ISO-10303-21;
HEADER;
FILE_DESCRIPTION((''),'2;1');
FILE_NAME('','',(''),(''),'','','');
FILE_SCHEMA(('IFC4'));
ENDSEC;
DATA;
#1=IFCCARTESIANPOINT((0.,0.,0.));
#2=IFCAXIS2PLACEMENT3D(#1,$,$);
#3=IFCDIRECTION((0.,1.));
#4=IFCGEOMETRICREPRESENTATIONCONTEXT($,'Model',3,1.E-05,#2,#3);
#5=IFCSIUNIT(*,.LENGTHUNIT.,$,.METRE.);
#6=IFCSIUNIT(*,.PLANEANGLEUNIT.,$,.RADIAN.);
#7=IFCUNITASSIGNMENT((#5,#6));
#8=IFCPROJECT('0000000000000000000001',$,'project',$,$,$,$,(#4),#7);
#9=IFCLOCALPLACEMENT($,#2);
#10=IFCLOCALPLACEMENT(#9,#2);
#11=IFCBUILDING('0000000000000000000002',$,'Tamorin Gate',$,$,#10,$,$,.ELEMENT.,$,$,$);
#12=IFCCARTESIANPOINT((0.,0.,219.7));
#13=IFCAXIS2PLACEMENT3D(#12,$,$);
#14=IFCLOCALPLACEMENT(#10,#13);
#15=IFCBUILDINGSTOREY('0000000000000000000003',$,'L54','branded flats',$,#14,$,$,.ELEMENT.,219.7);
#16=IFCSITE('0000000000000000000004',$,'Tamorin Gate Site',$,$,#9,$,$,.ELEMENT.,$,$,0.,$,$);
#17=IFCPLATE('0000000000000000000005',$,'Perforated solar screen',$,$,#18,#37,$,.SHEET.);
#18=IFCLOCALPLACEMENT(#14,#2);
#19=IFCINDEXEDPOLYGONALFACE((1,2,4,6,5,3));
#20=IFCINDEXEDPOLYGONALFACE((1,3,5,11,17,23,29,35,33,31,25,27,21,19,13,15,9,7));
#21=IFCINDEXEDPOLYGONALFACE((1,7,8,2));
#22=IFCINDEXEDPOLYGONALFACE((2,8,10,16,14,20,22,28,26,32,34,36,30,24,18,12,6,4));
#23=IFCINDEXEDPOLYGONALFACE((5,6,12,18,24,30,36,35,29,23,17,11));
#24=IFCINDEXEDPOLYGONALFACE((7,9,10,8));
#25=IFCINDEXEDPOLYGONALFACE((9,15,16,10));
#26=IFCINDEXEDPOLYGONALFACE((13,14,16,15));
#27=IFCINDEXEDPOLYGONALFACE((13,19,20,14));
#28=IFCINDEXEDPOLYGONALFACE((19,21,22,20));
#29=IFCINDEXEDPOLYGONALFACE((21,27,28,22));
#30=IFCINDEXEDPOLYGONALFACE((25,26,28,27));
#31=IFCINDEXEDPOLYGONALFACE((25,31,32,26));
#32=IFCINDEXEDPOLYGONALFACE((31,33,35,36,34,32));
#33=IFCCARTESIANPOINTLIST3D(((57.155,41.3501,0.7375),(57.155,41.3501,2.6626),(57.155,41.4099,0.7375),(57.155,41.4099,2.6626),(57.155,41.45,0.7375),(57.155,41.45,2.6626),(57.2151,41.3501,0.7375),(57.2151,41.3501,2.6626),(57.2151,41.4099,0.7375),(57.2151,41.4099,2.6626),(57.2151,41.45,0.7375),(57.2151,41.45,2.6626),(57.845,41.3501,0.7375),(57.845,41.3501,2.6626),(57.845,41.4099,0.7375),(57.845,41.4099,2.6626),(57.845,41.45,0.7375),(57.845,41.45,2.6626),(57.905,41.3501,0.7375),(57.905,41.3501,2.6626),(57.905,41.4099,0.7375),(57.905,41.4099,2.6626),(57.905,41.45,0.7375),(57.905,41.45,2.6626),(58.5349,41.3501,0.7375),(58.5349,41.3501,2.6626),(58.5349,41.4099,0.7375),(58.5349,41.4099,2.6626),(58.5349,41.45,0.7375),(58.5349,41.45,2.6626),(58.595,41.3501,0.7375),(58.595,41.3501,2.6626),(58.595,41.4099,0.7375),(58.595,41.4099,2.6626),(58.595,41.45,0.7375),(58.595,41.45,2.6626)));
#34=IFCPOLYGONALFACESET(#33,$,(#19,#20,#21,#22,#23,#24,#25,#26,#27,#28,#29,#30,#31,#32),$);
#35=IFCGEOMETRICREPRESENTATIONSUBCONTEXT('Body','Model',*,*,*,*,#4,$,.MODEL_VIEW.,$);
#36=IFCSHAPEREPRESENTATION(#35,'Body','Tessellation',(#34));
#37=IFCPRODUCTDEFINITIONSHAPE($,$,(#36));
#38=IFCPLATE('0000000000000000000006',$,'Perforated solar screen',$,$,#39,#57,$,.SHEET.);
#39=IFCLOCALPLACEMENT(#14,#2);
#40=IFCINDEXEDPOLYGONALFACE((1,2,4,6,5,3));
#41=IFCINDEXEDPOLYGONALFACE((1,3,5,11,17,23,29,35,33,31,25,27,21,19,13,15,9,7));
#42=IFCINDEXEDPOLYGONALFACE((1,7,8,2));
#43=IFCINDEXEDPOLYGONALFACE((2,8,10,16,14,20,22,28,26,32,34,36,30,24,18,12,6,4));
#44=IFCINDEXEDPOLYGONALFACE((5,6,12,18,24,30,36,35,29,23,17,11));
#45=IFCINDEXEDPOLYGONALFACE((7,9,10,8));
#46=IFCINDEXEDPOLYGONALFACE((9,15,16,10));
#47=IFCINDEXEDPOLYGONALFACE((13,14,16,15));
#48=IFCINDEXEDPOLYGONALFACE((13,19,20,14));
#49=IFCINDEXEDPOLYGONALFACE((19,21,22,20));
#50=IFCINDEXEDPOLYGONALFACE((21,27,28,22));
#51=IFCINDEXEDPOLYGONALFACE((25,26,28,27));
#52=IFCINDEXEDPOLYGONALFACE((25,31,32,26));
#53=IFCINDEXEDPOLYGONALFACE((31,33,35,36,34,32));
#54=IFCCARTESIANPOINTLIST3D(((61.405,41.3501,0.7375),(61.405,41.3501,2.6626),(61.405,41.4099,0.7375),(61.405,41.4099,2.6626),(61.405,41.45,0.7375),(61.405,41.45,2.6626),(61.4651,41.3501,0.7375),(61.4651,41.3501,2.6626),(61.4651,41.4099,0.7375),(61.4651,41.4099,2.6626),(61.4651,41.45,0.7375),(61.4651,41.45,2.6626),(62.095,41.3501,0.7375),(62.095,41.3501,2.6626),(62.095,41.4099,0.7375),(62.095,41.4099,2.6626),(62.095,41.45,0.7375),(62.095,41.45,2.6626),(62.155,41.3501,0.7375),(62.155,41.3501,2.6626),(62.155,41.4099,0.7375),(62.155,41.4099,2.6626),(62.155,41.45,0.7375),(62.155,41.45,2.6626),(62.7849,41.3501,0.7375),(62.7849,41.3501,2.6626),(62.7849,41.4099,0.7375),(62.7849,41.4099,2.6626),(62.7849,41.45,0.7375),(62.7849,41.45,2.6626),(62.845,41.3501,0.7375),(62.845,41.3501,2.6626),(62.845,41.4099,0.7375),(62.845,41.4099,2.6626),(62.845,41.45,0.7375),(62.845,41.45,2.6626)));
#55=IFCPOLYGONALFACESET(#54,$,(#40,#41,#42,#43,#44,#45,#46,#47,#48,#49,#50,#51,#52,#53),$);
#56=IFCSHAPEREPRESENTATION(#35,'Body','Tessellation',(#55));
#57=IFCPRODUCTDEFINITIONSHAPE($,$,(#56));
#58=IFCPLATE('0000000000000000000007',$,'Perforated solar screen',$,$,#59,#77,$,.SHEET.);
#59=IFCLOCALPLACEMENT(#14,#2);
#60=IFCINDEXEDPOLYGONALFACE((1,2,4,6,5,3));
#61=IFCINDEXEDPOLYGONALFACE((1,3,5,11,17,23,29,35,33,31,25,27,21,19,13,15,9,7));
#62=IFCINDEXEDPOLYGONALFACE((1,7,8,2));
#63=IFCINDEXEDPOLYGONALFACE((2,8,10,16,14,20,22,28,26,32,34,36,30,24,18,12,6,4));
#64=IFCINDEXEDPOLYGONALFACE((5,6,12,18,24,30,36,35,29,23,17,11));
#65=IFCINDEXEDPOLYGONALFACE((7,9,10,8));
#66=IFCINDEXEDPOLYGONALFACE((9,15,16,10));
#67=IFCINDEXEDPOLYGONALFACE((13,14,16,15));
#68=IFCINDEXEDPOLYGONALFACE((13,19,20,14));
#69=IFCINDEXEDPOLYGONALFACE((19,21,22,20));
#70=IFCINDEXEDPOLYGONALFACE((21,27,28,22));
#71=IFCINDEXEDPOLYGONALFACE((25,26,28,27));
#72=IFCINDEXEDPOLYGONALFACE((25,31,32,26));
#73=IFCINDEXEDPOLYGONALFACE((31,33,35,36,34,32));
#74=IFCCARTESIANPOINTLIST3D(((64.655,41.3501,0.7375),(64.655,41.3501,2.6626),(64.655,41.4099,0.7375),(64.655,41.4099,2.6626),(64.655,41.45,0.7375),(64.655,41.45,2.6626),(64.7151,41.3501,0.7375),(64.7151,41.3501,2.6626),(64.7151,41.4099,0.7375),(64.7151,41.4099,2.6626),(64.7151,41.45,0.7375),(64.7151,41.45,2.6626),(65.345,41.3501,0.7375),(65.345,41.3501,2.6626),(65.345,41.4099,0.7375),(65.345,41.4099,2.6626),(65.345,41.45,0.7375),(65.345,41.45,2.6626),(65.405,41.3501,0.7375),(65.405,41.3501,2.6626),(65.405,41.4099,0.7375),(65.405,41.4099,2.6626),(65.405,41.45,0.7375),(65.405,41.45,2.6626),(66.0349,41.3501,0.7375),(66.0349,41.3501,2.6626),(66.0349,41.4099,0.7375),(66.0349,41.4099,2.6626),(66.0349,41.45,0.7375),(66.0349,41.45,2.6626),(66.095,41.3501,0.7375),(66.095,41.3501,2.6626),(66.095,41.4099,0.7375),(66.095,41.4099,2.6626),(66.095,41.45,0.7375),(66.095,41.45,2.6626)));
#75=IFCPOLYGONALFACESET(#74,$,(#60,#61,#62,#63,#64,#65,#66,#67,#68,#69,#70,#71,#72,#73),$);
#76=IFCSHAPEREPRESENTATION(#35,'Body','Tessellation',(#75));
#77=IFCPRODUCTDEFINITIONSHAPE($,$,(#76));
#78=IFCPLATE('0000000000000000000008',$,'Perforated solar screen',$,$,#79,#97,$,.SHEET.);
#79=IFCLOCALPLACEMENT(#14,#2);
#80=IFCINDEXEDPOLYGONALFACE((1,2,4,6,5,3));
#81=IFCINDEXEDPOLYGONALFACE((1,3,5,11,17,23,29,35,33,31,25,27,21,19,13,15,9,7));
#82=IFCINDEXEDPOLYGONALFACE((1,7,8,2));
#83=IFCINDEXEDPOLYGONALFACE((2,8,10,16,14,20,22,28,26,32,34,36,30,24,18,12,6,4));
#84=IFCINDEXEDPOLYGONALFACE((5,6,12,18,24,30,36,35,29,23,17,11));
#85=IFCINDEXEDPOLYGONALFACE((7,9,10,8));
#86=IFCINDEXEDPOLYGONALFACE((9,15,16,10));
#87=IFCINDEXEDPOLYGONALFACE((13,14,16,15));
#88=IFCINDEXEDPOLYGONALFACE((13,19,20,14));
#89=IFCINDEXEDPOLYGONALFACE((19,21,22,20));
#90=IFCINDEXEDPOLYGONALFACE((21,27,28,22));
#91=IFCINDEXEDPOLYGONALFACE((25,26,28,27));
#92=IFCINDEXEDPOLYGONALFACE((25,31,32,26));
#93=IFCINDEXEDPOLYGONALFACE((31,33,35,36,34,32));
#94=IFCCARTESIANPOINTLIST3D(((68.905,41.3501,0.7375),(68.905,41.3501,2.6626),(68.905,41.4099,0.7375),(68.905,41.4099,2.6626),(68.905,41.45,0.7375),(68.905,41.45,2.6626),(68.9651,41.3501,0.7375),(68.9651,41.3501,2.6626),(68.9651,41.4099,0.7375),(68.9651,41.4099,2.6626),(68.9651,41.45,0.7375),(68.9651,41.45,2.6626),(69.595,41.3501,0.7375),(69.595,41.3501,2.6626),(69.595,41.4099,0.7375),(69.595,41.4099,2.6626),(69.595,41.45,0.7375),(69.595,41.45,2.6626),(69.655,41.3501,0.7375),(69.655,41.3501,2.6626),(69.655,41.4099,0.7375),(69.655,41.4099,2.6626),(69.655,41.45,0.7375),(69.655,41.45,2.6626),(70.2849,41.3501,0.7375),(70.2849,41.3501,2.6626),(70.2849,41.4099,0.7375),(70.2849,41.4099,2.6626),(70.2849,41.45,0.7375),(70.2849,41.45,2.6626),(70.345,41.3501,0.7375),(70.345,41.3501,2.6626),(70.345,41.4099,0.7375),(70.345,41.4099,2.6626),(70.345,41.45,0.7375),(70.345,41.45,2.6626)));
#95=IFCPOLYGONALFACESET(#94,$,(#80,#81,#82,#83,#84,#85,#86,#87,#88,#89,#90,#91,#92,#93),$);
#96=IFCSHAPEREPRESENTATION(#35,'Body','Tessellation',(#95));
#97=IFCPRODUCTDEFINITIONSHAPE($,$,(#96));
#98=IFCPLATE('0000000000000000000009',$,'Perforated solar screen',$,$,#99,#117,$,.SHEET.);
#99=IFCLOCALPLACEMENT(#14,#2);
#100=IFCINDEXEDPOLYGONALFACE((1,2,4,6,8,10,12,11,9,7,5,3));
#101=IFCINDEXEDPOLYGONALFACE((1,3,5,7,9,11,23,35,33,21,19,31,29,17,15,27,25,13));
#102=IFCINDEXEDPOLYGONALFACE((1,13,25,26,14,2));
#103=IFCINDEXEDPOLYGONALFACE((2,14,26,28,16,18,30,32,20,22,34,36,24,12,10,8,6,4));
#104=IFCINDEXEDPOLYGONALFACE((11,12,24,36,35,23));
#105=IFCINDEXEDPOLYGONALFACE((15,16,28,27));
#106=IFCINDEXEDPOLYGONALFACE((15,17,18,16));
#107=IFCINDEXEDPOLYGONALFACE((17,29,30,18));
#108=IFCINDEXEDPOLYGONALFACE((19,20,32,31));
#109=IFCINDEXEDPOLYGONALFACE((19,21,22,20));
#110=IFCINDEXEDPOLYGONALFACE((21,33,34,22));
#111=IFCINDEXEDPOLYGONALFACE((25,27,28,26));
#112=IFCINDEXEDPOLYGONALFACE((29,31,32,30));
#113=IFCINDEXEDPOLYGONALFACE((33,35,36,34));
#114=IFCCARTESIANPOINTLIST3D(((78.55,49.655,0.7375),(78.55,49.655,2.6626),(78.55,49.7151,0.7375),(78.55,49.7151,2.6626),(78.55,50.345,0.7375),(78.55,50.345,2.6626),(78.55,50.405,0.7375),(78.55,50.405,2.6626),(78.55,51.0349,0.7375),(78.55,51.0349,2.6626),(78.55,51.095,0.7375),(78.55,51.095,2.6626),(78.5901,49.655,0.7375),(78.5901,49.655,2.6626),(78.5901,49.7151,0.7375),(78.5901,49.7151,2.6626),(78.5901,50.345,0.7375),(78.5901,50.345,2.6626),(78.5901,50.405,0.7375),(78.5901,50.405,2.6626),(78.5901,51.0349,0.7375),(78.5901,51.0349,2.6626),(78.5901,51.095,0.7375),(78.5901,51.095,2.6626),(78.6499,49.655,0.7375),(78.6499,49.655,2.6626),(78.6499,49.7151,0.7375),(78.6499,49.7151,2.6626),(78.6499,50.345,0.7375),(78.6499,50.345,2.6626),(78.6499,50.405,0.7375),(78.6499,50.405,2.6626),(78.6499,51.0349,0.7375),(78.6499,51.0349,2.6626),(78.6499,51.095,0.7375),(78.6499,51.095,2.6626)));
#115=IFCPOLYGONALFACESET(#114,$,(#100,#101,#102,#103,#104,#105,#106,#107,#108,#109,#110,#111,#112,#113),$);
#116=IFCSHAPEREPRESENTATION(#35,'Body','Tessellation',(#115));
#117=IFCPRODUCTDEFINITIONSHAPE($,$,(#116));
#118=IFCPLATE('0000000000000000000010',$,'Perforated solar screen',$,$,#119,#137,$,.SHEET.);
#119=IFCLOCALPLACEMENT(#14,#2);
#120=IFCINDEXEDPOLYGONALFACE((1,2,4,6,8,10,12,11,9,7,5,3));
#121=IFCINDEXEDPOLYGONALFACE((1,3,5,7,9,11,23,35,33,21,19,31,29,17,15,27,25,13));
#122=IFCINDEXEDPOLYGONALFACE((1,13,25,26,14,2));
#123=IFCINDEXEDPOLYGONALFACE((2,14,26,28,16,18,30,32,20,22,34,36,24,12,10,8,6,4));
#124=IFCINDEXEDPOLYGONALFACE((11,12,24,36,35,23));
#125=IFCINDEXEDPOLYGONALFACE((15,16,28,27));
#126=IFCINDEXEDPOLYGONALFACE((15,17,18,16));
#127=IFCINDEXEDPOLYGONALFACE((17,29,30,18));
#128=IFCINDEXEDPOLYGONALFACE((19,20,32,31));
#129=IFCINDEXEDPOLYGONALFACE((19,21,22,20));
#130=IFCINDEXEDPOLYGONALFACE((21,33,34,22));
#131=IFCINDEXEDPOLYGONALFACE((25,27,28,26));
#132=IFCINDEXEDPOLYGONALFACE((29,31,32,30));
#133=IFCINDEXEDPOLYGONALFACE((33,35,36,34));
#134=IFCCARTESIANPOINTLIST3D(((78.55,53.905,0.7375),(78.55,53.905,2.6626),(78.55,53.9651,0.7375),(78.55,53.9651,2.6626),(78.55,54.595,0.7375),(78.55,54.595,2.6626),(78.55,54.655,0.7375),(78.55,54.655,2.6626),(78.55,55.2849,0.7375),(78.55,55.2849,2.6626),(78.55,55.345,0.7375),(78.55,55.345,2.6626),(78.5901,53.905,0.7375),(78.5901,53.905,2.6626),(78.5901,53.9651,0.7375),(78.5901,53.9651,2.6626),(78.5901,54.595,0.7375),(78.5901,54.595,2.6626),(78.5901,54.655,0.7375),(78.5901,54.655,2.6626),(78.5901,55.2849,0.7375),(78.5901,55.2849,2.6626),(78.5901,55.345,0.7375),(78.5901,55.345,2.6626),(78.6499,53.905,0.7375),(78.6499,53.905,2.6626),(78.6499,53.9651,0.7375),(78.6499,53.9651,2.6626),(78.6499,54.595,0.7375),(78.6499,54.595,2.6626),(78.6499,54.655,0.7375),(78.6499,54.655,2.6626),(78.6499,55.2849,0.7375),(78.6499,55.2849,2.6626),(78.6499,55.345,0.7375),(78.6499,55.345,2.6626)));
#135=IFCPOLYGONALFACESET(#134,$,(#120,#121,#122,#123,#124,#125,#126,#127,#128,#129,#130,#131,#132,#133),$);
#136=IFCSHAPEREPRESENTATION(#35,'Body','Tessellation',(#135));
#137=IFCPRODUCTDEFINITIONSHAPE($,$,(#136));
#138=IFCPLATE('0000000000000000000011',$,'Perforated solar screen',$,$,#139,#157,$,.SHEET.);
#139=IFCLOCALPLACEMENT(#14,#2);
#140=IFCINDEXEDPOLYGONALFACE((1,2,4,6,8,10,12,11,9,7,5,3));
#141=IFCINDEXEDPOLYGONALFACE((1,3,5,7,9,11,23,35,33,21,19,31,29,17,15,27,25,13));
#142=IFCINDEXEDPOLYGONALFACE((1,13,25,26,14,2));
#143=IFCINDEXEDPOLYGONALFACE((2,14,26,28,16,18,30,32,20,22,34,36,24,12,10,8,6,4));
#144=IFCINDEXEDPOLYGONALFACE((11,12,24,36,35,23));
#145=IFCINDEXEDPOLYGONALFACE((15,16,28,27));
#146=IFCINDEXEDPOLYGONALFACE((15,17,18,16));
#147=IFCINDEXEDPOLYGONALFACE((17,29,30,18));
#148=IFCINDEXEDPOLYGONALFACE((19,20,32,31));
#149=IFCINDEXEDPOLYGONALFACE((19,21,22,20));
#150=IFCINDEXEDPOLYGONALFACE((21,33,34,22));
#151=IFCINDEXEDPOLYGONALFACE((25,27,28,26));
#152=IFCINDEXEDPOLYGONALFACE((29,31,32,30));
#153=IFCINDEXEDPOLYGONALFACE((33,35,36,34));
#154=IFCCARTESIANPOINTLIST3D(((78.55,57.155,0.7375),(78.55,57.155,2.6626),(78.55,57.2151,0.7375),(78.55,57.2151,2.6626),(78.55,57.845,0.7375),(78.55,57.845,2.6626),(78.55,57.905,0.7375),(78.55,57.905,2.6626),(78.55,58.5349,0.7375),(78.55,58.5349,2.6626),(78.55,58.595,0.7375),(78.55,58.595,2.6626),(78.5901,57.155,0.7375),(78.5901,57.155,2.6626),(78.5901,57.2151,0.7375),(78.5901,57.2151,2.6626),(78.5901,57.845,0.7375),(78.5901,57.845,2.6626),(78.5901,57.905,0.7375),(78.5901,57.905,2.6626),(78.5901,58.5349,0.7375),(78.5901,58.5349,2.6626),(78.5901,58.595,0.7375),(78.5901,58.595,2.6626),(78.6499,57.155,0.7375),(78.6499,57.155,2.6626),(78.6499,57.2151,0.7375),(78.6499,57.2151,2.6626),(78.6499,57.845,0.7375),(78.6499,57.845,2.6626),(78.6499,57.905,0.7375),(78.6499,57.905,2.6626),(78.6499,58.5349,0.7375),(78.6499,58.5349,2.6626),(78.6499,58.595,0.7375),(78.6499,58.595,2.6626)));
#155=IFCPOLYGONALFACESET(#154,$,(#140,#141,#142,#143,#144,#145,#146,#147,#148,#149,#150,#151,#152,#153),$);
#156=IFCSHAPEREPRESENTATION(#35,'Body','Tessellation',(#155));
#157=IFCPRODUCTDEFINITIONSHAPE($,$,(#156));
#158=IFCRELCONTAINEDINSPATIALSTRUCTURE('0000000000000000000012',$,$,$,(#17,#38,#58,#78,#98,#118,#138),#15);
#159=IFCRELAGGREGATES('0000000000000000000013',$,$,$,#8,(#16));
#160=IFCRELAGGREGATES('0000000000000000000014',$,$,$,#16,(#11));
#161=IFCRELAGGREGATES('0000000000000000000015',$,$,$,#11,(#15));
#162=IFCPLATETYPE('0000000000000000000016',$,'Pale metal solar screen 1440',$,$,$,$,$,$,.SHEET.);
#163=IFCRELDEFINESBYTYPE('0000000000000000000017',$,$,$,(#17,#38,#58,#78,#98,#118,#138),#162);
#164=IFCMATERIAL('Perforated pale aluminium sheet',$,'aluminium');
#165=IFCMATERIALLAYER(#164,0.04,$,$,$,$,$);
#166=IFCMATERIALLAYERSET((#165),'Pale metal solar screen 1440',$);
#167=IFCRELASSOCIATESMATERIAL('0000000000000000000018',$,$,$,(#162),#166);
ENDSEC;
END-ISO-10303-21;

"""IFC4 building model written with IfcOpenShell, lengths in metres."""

from ifc_helpers import new_model, si_unit, direction, frame, origin, place, context, subcontext, project, spatial, polyline, outline, extrude, material, layer, layer_set, type_object, element, save


model = new_model("IFC4")

# Units and contexts
model_context = context("Model", 3, precision=1e-05, world=origin(), true_north=direction((0.0, 1.0)))
body_context = subcontext(model_context, "Body", "Model", "MODEL_VIEW")
ifc_project = project(units=[si_unit("LENGTHUNIT", "METRE"), si_unit("PLANEANGLEUNIT", "RADIAN")], contexts=[model_context])

# Site, building, storey
site_placement = place(None, origin())
site = spatial("IfcSite", under=ifc_project, at=site_placement, Name="Tamorin Gate Site", CompositionType="ELEMENT", RefElevation=0.0)
building_placement = place(site_placement, origin())
building = spatial("IfcBuilding", under=site, at=building_placement, Name="Tamorin Gate", CompositionType="ELEMENT")
storey_placement = place(building_placement, frame((0.0, 0.0, 219.7)))
storey = spatial("IfcBuildingStorey", under=building, at=storey_placement, Name="L54", Description="branded flats", CompositionType="ELEMENT", Elevation=219.7)

# Plates
ifc_material = material(Name="Perforated pale aluminium sheet", Category="aluminium")
ifc_layer = layer(ifc_material, 0.04)
ifc_layer_set = layer_set([ifc_layer], Name="Pale metal solar screen 1440")
plate_type = type_object("IfcPlateType", Name="Pale metal solar screen 1440", PredefinedType="SHEET", material=ifc_layer_set)
plate_1_placement = place(storey_placement, frame((0.0, 0.0, 0.7375)))
element("IfcPlate", 1, at=plate_1_placement, inside=storey, type_object=plate_type, Name="Perforated solar screen", PredefinedType="SHEET", context=body_context, shape_type="SweptSolid", body=[
    extrude(outline(polyline([(57.155, 41.4099), (57.155, 41.45), (57.2151, 41.45), (57.845, 41.45), (57.905, 41.45), (58.5349, 41.45), (58.595, 41.45), (58.595, 41.4099), (58.595, 41.3501), (58.5349, 41.3501), (58.5349, 41.4099), (57.905, 41.4099), (57.905, 41.3501), (57.845, 41.3501), (57.845, 41.4099), (57.2151, 41.4099), (57.2151, 41.3501), (57.155, 41.3501), (57.155, 41.4099)])), origin(), (0.0, 0.0, 1.0), 1.925),
])
plate_2_placement = place(storey_placement, frame((0.0, 0.0, 0.7375)))
element("IfcPlate", 2, at=plate_2_placement, inside=storey, type_object=plate_type, Name="Perforated solar screen", PredefinedType="SHEET", context=body_context, shape_type="SweptSolid", body=[
    extrude(outline(polyline([(61.405, 41.4099), (61.405, 41.45), (61.4651, 41.45), (62.095, 41.45), (62.155, 41.45), (62.7849, 41.45), (62.845, 41.45), (62.845, 41.4099), (62.845, 41.3501), (62.7849, 41.3501), (62.7849, 41.4099), (62.155, 41.4099), (62.155, 41.3501), (62.095, 41.3501), (62.095, 41.4099), (61.4651, 41.4099), (61.4651, 41.3501), (61.405, 41.3501), (61.405, 41.4099)])), origin(), (0.0, 0.0, 1.0), 1.925),
])
plate_3_placement = place(storey_placement, frame((0.0, 0.0, 0.7375)))
element("IfcPlate", 3, at=plate_3_placement, inside=storey, type_object=plate_type, Name="Perforated solar screen", PredefinedType="SHEET", context=body_context, shape_type="SweptSolid", body=[
    extrude(outline(polyline([(64.655, 41.4099), (64.655, 41.45), (64.7151, 41.45), (65.345, 41.45), (65.405, 41.45), (66.0349, 41.45), (66.095, 41.45), (66.095, 41.4099), (66.095, 41.3501), (66.0349, 41.3501), (66.0349, 41.4099), (65.405, 41.4099), (65.405, 41.3501), (65.345, 41.3501), (65.345, 41.4099), (64.7151, 41.4099), (64.7151, 41.3501), (64.655, 41.3501), (64.655, 41.4099)])), origin(), (0.0, 0.0, 1.0), 1.925),
])
plate_4_placement = place(storey_placement, frame((0.0, 0.0, 0.7375)))
element("IfcPlate", 4, at=plate_4_placement, inside=storey, type_object=plate_type, Name="Perforated solar screen", PredefinedType="SHEET", context=body_context, shape_type="SweptSolid", body=[
    extrude(outline(polyline([(68.905, 41.4099), (68.905, 41.45), (68.9651, 41.45), (69.595, 41.45), (69.655, 41.45), (70.2849, 41.45), (70.345, 41.45), (70.345, 41.4099), (70.345, 41.3501), (70.2849, 41.3501), (70.2849, 41.4099), (69.655, 41.4099), (69.655, 41.3501), (69.595, 41.3501), (69.595, 41.4099), (68.9651, 41.4099), (68.9651, 41.3501), (68.905, 41.3501), (68.905, 41.4099)])), origin(), (0.0, 0.0, 1.0), 1.925),
])
plate_5_placement = place(storey_placement, frame((0.0, 0.0, 0.7375)))
element("IfcPlate", 5, at=plate_5_placement, inside=storey, type_object=plate_type, Name="Perforated solar screen", PredefinedType="SHEET", context=body_context, shape_type="SweptSolid", body=[
    extrude(outline(polyline([(78.5901, 49.655), (78.55, 49.655), (78.55, 49.7151), (78.55, 50.345), (78.55, 50.405), (78.55, 51.0349), (78.55, 51.095), (78.55, 51.095), (78.5901, 51.095), (78.5901, 51.095), (78.6499, 51.095), (78.6499, 51.0349), (78.5901, 51.0349), (78.5901, 50.405), (78.6499, 50.405), (78.6499, 50.345), (78.5901, 50.345), (78.5901, 49.7151), (78.6499, 49.7151), (78.6499, 49.655), (78.5901, 49.655)])), origin(), (0.0, 0.0, 1.0), 1.925),
])
plate_6_placement = place(storey_placement, frame((0.0, 0.0, 0.7375)))
element("IfcPlate", 6, at=plate_6_placement, inside=storey, type_object=plate_type, Name="Perforated solar screen", PredefinedType="SHEET", context=body_context, shape_type="SweptSolid", body=[
    extrude(outline(polyline([(78.5901, 53.905), (78.55, 53.905), (78.55, 53.9651), (78.55, 54.595), (78.55, 54.655), (78.55, 55.2849), (78.55, 55.345), (78.5901, 55.345), (78.6499, 55.345), (78.6499, 55.2849), (78.5901, 55.2849), (78.5901, 54.655), (78.6499, 54.655), (78.6499, 54.595), (78.5901, 54.595), (78.5901, 53.9651), (78.6499, 53.9651), (78.6499, 53.905), (78.5901, 53.905)])), origin(), (0.0, 0.0, 1.0), 1.925),
])
plate_7_placement = place(storey_placement, frame((0.0, 0.0, 0.7375)))
element("IfcPlate", 7, at=plate_7_placement, inside=storey, type_object=plate_type, Name="Perforated solar screen", PredefinedType="SHEET", context=body_context, shape_type="SweptSolid", body=[
    extrude(outline(polyline([(78.5901, 57.155), (78.55, 57.155), (78.55, 57.2151), (78.55, 57.845), (78.55, 57.905), (78.55, 58.5349), (78.55, 58.595), (78.5901, 58.595), (78.6499, 58.595), (78.6499, 58.5349), (78.5901, 58.5349), (78.5901, 57.905), (78.6499, 57.905), (78.6499, 57.845), (78.5901, 57.845), (78.5901, 57.2151), (78.6499, 57.2151), (78.6499, 57.155), (78.5901, 57.155)])), origin(), (0.0, 0.0, 1.0), 1.925),
])

save(model, "model.ifc")
